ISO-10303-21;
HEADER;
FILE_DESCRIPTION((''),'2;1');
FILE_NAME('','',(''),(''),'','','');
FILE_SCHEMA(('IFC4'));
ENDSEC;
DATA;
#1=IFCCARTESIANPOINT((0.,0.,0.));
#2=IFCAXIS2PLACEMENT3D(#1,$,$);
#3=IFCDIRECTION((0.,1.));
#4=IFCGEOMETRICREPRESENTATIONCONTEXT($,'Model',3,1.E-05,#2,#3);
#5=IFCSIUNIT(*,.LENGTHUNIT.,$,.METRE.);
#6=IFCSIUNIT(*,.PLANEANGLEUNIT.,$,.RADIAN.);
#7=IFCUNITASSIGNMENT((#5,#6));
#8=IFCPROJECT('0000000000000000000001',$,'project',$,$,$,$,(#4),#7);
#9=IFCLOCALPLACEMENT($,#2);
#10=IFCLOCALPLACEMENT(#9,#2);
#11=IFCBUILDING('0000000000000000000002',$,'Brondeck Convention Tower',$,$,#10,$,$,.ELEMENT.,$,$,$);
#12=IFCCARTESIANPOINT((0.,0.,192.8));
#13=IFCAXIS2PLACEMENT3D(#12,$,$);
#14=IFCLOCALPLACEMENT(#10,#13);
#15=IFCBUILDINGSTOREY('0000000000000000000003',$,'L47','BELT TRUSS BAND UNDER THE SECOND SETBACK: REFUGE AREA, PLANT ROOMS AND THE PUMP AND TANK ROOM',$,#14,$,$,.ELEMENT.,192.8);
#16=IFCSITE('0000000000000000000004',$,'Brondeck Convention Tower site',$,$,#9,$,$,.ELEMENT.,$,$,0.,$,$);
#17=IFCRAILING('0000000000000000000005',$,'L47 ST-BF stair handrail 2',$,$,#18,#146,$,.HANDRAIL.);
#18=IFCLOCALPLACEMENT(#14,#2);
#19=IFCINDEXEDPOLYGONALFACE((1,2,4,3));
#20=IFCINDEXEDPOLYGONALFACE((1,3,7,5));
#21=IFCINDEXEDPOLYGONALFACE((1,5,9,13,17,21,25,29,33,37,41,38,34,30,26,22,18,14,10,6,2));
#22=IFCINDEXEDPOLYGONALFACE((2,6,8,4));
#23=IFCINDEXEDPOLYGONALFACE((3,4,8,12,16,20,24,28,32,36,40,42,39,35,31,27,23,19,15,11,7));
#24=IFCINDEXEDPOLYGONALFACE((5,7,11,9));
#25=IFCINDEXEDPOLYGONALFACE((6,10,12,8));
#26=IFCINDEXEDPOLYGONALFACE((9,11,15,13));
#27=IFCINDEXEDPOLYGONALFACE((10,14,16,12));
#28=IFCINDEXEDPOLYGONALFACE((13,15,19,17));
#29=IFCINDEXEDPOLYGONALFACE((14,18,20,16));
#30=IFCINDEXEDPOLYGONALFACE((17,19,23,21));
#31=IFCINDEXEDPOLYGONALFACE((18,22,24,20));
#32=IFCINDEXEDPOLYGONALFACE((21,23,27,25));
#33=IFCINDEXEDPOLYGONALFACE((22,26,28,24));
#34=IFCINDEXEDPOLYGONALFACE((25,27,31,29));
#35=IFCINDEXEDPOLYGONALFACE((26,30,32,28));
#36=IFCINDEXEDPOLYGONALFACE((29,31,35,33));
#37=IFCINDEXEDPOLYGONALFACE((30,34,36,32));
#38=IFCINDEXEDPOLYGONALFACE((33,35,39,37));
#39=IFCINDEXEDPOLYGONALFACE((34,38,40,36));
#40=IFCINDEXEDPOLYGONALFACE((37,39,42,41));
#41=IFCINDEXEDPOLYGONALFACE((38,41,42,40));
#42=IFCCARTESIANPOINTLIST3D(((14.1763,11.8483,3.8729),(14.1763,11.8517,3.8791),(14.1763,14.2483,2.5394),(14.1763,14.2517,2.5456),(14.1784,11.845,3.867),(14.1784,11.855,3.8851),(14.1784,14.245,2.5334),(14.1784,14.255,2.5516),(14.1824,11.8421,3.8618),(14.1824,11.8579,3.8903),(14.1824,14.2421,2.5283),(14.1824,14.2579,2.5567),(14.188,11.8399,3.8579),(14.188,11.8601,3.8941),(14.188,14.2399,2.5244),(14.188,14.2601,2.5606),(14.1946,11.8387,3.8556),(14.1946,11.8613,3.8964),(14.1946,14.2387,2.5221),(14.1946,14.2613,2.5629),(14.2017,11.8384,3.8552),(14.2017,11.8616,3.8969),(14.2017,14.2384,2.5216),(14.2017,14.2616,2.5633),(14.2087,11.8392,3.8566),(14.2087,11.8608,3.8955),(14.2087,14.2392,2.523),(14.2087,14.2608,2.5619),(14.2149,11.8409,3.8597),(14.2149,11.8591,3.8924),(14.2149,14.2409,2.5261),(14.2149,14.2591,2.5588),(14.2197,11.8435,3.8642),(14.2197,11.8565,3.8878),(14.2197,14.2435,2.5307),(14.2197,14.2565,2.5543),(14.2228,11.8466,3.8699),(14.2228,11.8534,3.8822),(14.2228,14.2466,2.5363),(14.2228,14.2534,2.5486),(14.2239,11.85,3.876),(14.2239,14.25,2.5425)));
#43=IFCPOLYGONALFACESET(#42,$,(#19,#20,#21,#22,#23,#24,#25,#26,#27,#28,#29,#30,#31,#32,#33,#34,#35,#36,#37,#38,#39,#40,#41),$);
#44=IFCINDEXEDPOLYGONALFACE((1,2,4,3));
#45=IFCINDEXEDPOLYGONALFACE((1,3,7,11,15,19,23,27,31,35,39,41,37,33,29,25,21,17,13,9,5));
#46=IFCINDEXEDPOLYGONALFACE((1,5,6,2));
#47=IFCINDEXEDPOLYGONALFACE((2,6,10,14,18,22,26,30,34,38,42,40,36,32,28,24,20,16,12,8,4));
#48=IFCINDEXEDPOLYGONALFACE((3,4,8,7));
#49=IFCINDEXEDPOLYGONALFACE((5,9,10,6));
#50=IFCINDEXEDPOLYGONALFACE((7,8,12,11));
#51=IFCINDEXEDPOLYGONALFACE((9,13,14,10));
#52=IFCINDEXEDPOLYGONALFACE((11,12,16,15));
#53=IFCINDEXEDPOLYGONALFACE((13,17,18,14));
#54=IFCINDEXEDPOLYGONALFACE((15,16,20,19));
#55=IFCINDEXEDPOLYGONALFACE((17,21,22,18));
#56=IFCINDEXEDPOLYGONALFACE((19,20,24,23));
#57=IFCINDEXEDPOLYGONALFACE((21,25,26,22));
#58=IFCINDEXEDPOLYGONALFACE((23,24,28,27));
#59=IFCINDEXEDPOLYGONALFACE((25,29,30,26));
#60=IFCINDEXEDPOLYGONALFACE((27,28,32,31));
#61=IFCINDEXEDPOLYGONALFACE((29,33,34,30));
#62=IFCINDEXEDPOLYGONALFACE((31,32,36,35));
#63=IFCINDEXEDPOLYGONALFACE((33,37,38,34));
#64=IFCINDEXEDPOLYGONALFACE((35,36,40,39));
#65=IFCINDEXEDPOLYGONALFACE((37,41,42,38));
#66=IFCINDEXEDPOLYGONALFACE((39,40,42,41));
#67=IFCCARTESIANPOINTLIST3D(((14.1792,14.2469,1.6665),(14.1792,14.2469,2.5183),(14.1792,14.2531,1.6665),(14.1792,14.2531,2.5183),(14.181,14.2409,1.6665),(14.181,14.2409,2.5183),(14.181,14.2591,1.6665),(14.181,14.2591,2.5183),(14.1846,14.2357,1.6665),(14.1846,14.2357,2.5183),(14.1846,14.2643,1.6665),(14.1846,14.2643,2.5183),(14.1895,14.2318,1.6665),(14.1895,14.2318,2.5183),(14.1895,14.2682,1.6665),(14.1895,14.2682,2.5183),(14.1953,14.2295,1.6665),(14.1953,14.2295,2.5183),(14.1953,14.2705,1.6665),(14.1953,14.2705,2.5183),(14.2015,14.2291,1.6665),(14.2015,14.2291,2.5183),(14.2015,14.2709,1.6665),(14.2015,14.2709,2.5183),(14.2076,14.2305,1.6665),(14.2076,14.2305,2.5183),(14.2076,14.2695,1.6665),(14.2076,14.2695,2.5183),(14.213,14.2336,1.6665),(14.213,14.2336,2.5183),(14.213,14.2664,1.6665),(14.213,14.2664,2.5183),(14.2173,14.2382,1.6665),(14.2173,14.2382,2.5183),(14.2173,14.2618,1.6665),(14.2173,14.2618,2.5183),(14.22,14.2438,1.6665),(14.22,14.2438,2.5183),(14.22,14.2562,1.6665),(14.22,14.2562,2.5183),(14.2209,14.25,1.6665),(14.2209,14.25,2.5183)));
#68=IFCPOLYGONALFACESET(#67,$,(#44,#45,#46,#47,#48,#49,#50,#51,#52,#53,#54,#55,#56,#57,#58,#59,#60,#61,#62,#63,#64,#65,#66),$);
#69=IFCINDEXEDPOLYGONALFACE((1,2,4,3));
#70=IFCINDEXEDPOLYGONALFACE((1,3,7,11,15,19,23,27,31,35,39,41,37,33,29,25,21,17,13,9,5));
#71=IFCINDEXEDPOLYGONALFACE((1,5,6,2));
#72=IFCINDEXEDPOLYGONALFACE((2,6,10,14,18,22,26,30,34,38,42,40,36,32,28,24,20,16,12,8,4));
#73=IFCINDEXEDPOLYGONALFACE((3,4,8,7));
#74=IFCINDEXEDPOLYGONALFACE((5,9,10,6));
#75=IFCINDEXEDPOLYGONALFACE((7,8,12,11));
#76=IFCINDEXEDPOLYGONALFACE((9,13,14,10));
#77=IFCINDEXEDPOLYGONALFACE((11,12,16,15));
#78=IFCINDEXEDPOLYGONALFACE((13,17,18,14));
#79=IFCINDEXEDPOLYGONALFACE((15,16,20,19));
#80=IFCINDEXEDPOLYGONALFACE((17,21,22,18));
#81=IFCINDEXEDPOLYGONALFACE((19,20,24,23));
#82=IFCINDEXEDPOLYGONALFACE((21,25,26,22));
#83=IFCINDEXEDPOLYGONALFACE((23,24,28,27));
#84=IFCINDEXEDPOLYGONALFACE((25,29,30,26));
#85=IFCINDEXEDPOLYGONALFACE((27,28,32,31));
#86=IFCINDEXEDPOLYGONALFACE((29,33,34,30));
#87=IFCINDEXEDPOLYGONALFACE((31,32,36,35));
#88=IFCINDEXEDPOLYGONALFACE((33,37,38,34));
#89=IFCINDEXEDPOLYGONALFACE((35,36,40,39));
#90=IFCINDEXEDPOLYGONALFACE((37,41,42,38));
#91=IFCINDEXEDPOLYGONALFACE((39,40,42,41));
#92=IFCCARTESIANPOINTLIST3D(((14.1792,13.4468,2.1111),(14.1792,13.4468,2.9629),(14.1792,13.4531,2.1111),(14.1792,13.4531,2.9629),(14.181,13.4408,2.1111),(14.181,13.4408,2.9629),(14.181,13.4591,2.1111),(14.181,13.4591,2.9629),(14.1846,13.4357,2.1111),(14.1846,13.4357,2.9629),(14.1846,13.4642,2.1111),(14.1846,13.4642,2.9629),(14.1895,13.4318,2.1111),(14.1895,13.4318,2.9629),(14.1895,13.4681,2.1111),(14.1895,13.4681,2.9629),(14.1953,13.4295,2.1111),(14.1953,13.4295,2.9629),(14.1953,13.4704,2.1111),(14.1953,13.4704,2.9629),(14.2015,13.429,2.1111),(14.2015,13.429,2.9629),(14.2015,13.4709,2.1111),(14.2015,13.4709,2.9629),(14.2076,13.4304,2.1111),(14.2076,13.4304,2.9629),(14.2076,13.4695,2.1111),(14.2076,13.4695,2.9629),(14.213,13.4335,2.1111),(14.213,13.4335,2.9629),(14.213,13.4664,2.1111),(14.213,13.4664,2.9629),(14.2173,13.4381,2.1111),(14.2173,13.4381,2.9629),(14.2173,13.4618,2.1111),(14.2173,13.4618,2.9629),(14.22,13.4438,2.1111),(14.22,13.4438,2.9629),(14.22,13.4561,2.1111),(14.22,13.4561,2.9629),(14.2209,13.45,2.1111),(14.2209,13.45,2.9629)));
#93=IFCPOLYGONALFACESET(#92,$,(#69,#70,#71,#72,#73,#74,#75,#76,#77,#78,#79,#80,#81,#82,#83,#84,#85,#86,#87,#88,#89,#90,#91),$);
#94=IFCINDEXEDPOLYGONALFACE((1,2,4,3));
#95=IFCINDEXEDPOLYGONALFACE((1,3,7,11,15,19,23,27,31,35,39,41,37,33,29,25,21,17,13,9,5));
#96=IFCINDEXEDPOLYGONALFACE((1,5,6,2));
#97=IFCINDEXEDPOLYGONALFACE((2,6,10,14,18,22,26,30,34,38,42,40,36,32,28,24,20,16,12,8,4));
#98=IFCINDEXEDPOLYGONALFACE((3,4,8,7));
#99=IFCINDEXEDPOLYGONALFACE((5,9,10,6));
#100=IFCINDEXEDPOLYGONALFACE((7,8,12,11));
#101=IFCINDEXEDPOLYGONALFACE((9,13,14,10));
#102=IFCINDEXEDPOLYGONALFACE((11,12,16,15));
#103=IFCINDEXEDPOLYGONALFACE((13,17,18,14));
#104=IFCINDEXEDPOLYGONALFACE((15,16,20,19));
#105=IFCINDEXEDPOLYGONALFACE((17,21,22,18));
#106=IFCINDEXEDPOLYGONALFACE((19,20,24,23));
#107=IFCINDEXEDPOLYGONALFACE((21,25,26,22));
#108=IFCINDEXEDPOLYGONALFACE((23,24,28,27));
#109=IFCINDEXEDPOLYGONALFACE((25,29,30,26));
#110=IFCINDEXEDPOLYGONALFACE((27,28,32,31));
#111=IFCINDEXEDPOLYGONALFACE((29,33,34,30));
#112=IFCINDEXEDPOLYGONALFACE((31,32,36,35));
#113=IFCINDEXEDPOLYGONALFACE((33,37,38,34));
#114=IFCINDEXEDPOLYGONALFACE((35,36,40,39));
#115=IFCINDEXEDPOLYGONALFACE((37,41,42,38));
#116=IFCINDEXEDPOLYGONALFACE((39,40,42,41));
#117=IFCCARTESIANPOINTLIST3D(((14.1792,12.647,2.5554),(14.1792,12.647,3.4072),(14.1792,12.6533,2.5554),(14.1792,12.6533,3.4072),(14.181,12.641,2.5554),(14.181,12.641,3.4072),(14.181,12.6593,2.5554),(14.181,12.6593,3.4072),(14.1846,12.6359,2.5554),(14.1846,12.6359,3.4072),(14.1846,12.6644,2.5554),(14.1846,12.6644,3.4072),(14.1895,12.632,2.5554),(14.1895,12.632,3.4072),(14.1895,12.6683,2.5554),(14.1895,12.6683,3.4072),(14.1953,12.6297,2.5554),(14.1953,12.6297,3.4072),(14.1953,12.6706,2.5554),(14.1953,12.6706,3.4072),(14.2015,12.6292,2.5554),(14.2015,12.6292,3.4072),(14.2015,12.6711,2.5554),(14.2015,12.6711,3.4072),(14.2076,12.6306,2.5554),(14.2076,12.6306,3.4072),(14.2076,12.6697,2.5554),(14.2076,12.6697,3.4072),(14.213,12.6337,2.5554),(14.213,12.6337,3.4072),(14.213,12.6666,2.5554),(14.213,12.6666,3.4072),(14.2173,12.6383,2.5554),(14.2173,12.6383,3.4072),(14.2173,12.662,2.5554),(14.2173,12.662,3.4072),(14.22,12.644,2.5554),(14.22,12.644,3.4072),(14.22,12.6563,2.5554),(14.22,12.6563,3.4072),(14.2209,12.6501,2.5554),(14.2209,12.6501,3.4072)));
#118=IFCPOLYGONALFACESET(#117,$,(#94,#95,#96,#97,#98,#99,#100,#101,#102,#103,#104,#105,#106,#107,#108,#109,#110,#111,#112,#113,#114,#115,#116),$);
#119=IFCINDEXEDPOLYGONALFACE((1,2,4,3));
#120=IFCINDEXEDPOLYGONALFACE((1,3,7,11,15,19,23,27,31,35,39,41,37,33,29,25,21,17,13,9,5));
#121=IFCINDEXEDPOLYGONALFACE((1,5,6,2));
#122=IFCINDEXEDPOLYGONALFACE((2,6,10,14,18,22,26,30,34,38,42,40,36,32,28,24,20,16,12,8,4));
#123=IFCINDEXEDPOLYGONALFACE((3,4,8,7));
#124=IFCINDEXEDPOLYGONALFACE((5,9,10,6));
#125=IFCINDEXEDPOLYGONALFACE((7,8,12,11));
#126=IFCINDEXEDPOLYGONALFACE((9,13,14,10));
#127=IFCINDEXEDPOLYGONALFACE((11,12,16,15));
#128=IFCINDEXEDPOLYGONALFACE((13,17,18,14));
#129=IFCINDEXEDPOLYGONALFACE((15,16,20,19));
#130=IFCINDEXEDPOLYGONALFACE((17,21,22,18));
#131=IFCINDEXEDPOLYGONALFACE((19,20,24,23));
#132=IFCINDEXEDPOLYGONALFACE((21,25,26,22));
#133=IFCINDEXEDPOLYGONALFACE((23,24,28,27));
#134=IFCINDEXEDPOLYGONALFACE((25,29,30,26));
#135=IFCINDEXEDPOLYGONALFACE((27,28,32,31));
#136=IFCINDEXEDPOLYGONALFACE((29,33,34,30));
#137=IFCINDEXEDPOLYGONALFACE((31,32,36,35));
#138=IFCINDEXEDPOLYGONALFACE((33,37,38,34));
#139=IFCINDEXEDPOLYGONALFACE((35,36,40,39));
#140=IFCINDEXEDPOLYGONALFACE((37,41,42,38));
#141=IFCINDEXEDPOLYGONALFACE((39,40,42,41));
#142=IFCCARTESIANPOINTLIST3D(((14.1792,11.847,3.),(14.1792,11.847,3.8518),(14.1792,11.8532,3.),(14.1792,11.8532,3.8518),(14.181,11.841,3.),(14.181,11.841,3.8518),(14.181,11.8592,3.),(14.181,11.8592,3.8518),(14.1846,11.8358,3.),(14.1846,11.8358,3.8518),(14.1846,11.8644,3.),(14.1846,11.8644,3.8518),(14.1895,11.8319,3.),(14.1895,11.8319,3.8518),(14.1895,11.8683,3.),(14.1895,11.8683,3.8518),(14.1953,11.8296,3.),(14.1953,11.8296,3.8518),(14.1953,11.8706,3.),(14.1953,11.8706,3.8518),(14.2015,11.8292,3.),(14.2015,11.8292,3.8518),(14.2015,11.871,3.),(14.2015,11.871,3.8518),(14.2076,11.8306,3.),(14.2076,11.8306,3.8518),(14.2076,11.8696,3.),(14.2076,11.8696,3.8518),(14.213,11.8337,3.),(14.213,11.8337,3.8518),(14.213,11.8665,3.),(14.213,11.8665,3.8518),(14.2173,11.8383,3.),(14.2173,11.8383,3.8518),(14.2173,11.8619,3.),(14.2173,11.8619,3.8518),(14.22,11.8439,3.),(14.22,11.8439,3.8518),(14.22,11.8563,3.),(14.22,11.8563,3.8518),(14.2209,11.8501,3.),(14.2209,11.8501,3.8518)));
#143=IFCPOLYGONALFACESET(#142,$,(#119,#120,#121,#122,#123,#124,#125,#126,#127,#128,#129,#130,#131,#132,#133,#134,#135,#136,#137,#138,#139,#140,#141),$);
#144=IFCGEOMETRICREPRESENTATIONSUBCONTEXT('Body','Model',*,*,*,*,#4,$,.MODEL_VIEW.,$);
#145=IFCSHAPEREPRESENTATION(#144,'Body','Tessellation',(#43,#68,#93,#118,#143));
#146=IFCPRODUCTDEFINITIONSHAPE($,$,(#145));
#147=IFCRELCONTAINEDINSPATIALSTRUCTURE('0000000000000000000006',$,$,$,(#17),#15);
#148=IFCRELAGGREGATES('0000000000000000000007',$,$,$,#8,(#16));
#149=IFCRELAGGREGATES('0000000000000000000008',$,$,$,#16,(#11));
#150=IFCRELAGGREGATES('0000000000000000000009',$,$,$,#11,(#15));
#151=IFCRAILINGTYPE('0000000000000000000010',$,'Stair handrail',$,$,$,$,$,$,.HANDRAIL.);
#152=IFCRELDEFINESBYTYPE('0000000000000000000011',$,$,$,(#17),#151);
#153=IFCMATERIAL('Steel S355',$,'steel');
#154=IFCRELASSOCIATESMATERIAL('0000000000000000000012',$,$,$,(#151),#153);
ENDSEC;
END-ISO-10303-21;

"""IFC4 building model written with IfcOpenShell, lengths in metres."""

from ifc_helpers import new_model, si_unit, direction, frame, origin, origin_2d, place, context, subcontext, project, spatial, circle, extrude, material, type_object, element, save


model = new_model("IFC4")

# Units and contexts
model_context = context("Model", 3, precision=1e-05, world=origin(), true_north=direction((0.0, 1.0)))
body_context = subcontext(model_context, "Body", "Model", "MODEL_VIEW")
ifc_project = project(units=[si_unit("LENGTHUNIT", "METRE"), si_unit("PLANEANGLEUNIT", "RADIAN")], contexts=[model_context])

# Site, building, storey
site_placement = place(None, origin())
site = spatial("IfcSite", under=ifc_project, at=site_placement, Name="Brondeck Convention Tower site", CompositionType="ELEMENT", RefElevation=0.0)
building_placement = place(site_placement, origin())
building = spatial("IfcBuilding", under=site, at=building_placement, Name="Brondeck Convention Tower", CompositionType="ELEMENT")
storey_placement = place(building_placement, frame((0.0, 0.0, 192.8)))
storey = spatial("IfcBuildingStorey", under=building, at=storey_placement, Name="L47", Description="BELT TRUSS BAND UNDER THE SECOND SETBACK: REFUGE AREA, PLANT ROOMS AND THE PUMP AND TANK ROOM", CompositionType="ELEMENT", Elevation=192.8)

# Shared definitions
ifc_material_1 = material(Name="Steel S355", Category="steel")

# Railing
railing_type_1 = type_object("IfcRailingType", Name="Stair handrail", PredefinedType="HANDRAIL", material=ifc_material_1)
railing_1_placement = place(storey_placement, frame((14.2, 14.25, 1.6665)))
element("IfcRailing", 1, at=railing_1_placement, inside=storey, type_object=railing_type_1, Name="L47 ST-BF stair handrail 2", PredefinedType="HANDRAIL", context=body_context, shape_type="SweptSolid", body=[
    extrude(circle(Radius=0.0239, at=origin_2d()), frame((0.0, 0.0, 0.876), z_axis=(0.0, -0.874124, 0.485703), x_axis=(1.0, 0.0, 0.0)), (0.0, 0.0, 1.0), 2.7456),
    extrude(circle(Radius=0.021, at=origin_2d()), origin(), (0.0, 0.0, 1.0), 0.8518),
    extrude(circle(Radius=0.021, at=origin_2d()), frame((0.0, -0.8, 0.4446)), (0.0, 0.0, 1.0), 0.8518),
    extrude(circle(Radius=0.021, at=origin_2d()), frame((0.0, -1.5999, 0.8889)), (0.0, 0.0, 1.0), 0.8518),
    extrude(circle(Radius=0.021, at=origin_2d()), frame((0.0, -2.3999, 1.3335)), (0.0, 0.0, 1.0), 0.8518),
])

save(model, "model.ifc")
